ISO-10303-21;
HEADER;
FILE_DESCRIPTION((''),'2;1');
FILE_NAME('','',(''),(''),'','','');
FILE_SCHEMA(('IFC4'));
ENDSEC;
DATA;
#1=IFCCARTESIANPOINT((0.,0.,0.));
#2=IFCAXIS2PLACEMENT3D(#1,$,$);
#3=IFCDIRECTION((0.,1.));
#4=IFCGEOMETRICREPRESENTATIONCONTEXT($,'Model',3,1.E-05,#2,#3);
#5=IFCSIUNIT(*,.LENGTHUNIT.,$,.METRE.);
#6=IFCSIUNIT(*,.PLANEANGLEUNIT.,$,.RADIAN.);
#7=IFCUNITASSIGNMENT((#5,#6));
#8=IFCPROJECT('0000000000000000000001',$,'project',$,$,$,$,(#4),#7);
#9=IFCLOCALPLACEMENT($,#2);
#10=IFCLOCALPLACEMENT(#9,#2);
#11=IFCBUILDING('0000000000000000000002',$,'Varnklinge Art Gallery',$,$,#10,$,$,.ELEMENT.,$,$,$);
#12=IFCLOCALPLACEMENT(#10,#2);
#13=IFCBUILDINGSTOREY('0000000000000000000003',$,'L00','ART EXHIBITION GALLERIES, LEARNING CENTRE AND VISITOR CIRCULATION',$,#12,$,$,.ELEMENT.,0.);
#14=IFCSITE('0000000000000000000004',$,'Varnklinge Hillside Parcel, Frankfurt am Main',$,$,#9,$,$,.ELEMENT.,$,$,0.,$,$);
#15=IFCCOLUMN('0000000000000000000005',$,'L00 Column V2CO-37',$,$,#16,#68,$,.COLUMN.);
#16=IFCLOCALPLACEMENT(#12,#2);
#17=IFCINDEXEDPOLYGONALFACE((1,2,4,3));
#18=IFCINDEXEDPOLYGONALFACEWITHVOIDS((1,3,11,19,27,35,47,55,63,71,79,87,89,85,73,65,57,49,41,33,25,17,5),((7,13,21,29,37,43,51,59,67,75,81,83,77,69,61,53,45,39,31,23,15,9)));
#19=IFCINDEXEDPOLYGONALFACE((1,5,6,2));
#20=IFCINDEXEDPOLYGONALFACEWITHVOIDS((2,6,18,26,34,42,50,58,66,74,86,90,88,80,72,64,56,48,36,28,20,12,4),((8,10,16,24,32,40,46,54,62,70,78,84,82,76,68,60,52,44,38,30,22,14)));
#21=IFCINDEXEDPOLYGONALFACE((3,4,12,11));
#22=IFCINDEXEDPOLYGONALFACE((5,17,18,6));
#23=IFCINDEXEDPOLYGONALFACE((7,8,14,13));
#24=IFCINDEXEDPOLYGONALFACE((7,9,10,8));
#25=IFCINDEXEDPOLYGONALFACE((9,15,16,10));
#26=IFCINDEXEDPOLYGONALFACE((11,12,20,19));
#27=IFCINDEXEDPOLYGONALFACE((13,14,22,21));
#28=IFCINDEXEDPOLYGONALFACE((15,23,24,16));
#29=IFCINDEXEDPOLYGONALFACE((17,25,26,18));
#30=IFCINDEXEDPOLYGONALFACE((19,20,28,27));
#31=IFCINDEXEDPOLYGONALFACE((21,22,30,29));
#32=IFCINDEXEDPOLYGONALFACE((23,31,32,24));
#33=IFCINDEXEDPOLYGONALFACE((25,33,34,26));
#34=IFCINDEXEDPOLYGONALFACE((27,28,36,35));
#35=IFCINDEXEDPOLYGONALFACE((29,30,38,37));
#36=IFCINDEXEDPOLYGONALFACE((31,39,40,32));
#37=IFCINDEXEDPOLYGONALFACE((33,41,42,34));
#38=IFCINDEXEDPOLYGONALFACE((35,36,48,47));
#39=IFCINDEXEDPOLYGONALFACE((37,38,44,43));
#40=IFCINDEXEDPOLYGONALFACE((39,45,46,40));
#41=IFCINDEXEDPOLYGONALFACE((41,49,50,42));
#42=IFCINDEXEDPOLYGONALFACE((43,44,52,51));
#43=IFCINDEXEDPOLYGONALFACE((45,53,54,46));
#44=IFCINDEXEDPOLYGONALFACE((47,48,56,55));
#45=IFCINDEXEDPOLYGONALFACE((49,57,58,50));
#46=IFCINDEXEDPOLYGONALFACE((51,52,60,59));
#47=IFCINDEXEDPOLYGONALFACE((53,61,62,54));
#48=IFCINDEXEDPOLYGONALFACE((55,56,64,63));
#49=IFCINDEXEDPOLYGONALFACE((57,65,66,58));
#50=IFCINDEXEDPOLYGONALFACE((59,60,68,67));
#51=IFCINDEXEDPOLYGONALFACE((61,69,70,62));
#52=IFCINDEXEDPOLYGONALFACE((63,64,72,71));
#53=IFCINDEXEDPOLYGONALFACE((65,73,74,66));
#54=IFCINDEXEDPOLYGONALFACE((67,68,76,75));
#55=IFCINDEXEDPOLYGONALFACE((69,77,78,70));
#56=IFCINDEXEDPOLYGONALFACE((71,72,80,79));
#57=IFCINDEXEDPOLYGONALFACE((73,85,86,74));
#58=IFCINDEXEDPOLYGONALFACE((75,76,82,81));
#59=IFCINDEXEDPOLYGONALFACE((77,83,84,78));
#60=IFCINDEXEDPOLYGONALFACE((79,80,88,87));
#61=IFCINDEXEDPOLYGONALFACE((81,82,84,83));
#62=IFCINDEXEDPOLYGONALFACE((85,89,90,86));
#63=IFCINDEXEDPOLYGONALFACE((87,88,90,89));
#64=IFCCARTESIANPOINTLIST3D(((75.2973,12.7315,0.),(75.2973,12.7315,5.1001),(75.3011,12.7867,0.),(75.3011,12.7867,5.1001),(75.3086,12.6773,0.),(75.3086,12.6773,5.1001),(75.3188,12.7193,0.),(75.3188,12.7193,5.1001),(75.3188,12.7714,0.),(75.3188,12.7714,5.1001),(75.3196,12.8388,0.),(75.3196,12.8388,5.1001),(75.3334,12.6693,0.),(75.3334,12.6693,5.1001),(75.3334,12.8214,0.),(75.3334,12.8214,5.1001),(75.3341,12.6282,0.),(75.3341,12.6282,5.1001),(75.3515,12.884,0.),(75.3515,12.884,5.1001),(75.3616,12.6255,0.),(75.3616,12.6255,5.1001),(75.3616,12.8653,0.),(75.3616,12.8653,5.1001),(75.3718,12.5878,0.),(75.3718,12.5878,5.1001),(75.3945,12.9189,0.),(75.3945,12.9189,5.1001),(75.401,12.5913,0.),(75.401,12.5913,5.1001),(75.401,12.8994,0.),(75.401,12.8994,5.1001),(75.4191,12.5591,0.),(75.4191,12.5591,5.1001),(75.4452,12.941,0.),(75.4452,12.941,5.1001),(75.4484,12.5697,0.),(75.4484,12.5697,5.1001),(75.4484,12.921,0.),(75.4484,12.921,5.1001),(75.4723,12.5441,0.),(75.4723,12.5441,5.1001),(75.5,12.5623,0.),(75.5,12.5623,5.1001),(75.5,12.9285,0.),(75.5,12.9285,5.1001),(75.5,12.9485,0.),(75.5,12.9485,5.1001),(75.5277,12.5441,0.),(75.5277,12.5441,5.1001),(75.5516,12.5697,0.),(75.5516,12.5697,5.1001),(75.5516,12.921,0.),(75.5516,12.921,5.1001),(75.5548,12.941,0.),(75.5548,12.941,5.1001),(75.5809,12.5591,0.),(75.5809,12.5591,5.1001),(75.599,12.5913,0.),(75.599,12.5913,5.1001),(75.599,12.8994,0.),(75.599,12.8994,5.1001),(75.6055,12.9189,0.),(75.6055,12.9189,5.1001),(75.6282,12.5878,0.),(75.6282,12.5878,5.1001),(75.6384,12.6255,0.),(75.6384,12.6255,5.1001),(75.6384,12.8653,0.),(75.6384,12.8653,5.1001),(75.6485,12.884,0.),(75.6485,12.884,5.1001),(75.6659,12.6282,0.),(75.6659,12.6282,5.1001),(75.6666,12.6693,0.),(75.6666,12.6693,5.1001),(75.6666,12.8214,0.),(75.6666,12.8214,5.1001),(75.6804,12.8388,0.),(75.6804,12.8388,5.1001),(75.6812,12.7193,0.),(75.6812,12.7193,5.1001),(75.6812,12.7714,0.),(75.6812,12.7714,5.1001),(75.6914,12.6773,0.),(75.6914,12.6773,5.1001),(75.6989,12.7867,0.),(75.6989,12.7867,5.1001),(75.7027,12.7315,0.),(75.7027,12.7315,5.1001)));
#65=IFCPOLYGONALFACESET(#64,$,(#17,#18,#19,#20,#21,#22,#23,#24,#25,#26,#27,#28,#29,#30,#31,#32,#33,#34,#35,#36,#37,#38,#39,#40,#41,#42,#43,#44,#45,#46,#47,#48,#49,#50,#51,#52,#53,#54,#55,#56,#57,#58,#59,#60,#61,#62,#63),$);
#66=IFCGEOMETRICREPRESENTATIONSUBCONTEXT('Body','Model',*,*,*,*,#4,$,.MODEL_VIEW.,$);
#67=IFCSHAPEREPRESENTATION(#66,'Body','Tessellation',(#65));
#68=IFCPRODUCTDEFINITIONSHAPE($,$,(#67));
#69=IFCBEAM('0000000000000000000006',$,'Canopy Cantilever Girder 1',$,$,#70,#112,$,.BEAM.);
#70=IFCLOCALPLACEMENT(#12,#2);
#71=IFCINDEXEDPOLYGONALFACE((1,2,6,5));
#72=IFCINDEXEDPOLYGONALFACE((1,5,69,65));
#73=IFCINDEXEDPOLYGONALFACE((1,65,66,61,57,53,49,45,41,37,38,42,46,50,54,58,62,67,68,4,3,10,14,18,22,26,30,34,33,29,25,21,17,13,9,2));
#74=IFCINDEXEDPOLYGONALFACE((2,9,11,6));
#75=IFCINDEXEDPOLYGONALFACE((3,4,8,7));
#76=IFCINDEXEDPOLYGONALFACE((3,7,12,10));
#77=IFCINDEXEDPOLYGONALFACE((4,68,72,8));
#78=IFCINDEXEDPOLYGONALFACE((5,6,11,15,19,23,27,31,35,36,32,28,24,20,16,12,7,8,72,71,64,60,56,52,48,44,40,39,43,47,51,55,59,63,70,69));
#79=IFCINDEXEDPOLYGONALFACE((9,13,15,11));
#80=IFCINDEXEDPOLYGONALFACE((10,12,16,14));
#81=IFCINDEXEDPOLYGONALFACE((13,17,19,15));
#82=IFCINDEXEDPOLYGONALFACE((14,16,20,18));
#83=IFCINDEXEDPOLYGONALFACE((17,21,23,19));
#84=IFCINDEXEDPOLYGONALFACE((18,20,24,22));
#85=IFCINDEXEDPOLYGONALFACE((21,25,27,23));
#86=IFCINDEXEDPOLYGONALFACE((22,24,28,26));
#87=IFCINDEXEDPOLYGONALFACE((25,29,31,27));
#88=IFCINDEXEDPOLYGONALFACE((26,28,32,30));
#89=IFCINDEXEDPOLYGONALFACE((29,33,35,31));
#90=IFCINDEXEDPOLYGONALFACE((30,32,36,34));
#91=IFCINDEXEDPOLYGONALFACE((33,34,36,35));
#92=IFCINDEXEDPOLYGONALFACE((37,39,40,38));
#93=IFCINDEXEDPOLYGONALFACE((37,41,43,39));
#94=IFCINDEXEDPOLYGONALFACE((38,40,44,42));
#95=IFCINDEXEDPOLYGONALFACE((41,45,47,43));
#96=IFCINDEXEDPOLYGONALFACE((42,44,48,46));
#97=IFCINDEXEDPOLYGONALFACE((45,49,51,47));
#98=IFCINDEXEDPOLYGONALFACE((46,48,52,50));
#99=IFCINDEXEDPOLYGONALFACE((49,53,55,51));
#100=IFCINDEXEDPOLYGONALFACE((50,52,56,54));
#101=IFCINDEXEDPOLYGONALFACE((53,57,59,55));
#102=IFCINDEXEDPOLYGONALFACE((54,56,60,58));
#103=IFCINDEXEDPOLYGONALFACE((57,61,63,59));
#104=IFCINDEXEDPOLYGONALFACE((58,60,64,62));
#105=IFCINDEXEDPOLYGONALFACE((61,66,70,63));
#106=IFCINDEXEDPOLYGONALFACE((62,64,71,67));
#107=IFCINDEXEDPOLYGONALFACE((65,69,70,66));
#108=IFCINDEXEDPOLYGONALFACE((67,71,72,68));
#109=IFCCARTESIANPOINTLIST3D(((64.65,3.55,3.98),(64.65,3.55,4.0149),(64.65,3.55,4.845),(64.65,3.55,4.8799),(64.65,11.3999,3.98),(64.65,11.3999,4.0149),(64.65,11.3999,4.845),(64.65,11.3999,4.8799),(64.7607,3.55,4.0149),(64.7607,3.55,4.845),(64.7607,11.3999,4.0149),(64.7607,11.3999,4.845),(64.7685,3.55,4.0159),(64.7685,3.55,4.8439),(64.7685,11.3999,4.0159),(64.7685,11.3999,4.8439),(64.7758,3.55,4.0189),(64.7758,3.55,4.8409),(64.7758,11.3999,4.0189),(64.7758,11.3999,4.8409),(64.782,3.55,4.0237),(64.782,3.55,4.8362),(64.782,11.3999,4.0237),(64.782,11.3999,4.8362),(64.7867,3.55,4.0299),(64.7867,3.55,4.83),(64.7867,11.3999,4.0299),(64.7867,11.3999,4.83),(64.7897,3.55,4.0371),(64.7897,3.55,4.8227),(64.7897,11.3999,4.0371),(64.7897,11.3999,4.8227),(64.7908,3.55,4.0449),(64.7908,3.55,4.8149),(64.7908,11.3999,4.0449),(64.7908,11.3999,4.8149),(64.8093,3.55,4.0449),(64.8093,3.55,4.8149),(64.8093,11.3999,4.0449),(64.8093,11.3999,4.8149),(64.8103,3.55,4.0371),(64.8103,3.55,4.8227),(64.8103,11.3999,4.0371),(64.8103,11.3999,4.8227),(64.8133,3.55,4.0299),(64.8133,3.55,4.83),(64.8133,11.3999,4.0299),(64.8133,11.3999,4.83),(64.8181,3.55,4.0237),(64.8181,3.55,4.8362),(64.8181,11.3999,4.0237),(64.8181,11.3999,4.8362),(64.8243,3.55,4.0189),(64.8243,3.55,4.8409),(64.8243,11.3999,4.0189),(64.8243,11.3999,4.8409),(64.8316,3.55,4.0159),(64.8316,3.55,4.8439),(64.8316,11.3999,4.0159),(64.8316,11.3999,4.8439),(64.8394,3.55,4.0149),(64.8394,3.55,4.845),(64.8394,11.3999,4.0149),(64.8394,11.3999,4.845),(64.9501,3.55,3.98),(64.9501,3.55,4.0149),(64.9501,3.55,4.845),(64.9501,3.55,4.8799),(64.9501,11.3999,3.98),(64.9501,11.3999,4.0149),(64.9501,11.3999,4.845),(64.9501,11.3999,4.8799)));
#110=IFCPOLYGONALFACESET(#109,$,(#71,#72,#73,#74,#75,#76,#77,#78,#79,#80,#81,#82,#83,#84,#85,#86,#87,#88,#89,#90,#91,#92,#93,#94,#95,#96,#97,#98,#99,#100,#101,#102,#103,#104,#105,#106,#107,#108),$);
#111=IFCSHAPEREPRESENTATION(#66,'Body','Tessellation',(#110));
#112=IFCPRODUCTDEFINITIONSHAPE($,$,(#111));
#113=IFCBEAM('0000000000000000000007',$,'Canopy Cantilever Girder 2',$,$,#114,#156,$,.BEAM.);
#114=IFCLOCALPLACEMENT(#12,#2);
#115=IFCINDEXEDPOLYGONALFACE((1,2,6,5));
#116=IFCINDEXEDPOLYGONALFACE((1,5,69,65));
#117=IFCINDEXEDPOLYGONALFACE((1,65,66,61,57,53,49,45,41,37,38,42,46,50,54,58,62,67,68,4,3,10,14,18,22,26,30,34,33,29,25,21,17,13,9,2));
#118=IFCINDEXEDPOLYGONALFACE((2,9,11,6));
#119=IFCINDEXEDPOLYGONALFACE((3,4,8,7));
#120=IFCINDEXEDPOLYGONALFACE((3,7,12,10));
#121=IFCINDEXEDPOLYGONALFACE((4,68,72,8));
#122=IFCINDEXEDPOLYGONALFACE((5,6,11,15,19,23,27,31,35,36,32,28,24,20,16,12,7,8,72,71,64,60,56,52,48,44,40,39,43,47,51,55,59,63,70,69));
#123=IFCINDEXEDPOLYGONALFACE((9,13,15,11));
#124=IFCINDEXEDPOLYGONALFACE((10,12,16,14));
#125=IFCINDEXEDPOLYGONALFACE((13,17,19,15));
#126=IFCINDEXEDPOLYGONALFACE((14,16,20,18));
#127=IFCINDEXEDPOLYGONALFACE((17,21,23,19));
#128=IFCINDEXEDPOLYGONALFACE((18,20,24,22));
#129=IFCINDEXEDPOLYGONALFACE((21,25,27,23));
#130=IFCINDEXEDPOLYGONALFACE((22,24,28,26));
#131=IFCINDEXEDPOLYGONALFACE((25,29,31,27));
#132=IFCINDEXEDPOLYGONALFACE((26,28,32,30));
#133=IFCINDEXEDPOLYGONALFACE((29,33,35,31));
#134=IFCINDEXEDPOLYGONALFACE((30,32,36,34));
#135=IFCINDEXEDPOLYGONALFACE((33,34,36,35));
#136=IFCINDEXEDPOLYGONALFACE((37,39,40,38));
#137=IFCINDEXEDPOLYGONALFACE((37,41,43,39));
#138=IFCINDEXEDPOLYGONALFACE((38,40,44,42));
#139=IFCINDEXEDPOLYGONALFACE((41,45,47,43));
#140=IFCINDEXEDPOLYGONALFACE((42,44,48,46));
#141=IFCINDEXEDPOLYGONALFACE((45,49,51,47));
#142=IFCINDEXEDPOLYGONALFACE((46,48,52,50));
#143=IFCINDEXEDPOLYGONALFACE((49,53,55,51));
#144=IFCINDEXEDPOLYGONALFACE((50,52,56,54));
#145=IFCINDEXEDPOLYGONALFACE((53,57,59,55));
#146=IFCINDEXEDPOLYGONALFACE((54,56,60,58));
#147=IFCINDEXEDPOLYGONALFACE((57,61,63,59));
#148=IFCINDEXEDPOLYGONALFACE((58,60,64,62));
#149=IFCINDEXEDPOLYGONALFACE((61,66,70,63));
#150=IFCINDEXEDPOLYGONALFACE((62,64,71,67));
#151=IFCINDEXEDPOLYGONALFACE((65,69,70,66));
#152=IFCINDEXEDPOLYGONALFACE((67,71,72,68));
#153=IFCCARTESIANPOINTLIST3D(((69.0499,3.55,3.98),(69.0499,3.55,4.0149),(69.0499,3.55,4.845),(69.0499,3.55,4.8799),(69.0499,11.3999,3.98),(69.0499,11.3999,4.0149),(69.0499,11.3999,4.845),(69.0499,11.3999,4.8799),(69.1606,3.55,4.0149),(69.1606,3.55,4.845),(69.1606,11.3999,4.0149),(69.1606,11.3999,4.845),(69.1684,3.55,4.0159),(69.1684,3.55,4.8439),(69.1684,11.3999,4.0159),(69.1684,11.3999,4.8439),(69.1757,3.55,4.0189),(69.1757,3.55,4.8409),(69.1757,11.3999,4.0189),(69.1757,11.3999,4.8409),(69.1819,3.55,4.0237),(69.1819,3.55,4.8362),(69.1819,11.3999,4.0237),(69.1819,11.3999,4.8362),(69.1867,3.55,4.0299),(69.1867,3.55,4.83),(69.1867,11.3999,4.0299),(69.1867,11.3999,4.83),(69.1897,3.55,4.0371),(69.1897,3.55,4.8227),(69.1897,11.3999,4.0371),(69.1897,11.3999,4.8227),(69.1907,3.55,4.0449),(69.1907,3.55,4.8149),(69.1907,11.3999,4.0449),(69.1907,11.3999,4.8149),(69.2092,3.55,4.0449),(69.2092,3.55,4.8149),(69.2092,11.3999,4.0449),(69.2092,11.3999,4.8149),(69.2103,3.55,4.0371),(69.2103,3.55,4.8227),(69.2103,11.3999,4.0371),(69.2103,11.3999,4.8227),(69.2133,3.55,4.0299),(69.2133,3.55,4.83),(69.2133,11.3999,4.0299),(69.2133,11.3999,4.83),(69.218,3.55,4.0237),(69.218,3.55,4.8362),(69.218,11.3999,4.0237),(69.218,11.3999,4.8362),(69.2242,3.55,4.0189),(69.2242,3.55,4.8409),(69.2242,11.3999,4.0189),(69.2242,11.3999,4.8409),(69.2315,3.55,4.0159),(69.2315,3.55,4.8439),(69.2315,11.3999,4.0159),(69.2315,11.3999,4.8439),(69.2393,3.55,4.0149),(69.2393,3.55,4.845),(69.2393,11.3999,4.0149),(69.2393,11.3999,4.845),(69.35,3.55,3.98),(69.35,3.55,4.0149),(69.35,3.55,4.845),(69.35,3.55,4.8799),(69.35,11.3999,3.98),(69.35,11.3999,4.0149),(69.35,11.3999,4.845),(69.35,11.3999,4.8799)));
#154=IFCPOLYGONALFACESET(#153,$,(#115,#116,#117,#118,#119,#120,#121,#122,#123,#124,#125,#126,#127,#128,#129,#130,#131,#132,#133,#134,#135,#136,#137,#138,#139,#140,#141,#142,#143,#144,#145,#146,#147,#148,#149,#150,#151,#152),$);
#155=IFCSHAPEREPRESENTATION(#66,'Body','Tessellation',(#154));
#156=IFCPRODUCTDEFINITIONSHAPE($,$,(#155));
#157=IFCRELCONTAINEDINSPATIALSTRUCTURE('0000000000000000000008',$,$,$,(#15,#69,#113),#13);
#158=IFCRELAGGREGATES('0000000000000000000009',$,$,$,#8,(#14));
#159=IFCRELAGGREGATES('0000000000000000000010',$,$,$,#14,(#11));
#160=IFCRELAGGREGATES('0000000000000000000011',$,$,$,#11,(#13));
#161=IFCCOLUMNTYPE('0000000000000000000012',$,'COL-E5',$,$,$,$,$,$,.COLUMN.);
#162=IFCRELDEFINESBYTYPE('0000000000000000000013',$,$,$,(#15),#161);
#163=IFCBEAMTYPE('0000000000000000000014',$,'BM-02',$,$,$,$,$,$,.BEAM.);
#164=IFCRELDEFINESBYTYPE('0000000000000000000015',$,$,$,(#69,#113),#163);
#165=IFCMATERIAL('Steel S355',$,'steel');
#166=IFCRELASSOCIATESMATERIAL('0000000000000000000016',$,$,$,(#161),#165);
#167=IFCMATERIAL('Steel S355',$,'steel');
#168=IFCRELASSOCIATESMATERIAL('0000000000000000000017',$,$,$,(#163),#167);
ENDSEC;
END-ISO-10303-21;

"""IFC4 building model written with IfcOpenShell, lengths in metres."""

from ifc_helpers import new_model, si_unit, direction, frame, origin, origin_2d, place, context, subcontext, project, spatial, hollow_circle, i_section, extrude, material, material_profile, profile_set, type_object, element, save


model = new_model("IFC4")

# Units and contexts
model_context = context("Model", 3, precision=1e-05, world=origin(), true_north=direction((0.0, 1.0)))
body_context = subcontext(model_context, "Body", "Model", "MODEL_VIEW")
ifc_project = project(units=[si_unit("LENGTHUNIT", "METRE"), si_unit("PLANEANGLEUNIT", "RADIAN")], contexts=[model_context])

# Site, building, storey
site_placement = place(None, origin())
site = spatial("IfcSite", under=ifc_project, at=site_placement, Name="Varnklinge Hillside Parcel, Frankfurt am Main", CompositionType="ELEMENT", RefElevation=0.0)
building_placement = place(site_placement, origin())
building = spatial("IfcBuilding", under=site, at=building_placement, Name="Varnklinge Art Gallery", CompositionType="ELEMENT")
storey_placement = place(building_placement, origin())
storey = spatial("IfcBuildingStorey", under=building, at=storey_placement, Name="L00", Description="ART EXHIBITION GALLERIES, LEARNING CENTRE AND VISITOR CIRCULATION", CompositionType="ELEMENT", Elevation=0.0)

# Column
ifc_material_1 = material(Name="Steel S355", Category="steel")
ifc_material_profile_1 = material_profile(ifc_material_1, hollow_circle(Radius=0.2031, WallThickness=0.02, at=origin_2d()), Name="CHS 406.4x20")
ifc_profile_set_1 = profile_set([ifc_material_profile_1], Name="Steel S355")
column_type_1 = type_object("IfcColumnType", Name="COL-E5", PredefinedType="COLUMN", material=ifc_profile_set_1)
for number, where, z_axis, x_axis, name in (
    (1, (75.5, 12.7454, 0.0), (0.0, 0.0, 1.0), (0.0, 1.0, 0.0), "L00 Column V2CO-37"),
):
    element("IfcColumn", number, at=place(storey_placement, frame(where, z_axis=z_axis, x_axis=x_axis)), inside=storey, type_object=column_type_1, Name=name, PredefinedType="COLUMN", context=body_context, shape_type="SweptSolid", body=[
        extrude(hollow_circle(Radius=0.2031, WallThickness=0.02, at=origin_2d()), origin(), (0.0, 0.0, 1.0), 5.1001),
    ])

# Beams
ifc_material_2 = material(Name="Steel S355", Category="steel")
ifc_material_profile_2 = material_profile(ifc_material_2, i_section(OverallWidth=0.3, OverallDepth=0.8999, WebThickness=0.0186, FlangeThickness=0.0349, FilletRadius=0.03, at=origin_2d()), Name="HEB 900")
ifc_profile_set_2 = profile_set([ifc_material_profile_2], Name="Steel S355")
beam_type_1 = type_object("IfcBeamType", Name="BM-02", PredefinedType="BEAM", material=ifc_profile_set_2)
for number, where, z_axis, x_axis, name in (
    (2, (64.8, 11.3999, 4.4299), (0.0, -1.0, 0.0), (1.0, 0.0, 0.0), "Canopy Cantilever Girder 1"),
    (3, (69.2, 11.3999, 4.4299), (0.0, -1.0, 0.0), (1.0, 0.0, 0.0), "Canopy Cantilever Girder 2"),
):
    element("IfcBeam", number, at=place(storey_placement, frame(where, z_axis=z_axis, x_axis=x_axis)), inside=storey, type_object=beam_type_1, Name=name, PredefinedType="BEAM", context=body_context, shape_type="SweptSolid", body=[
        extrude(i_section(OverallWidth=0.3, OverallDepth=0.8999, WebThickness=0.0186, FlangeThickness=0.0349, FilletRadius=0.03, at=origin_2d()), origin(), (0.0, 0.0, 1.0), 7.8499),
    ])

save(model, "model.ifc")
